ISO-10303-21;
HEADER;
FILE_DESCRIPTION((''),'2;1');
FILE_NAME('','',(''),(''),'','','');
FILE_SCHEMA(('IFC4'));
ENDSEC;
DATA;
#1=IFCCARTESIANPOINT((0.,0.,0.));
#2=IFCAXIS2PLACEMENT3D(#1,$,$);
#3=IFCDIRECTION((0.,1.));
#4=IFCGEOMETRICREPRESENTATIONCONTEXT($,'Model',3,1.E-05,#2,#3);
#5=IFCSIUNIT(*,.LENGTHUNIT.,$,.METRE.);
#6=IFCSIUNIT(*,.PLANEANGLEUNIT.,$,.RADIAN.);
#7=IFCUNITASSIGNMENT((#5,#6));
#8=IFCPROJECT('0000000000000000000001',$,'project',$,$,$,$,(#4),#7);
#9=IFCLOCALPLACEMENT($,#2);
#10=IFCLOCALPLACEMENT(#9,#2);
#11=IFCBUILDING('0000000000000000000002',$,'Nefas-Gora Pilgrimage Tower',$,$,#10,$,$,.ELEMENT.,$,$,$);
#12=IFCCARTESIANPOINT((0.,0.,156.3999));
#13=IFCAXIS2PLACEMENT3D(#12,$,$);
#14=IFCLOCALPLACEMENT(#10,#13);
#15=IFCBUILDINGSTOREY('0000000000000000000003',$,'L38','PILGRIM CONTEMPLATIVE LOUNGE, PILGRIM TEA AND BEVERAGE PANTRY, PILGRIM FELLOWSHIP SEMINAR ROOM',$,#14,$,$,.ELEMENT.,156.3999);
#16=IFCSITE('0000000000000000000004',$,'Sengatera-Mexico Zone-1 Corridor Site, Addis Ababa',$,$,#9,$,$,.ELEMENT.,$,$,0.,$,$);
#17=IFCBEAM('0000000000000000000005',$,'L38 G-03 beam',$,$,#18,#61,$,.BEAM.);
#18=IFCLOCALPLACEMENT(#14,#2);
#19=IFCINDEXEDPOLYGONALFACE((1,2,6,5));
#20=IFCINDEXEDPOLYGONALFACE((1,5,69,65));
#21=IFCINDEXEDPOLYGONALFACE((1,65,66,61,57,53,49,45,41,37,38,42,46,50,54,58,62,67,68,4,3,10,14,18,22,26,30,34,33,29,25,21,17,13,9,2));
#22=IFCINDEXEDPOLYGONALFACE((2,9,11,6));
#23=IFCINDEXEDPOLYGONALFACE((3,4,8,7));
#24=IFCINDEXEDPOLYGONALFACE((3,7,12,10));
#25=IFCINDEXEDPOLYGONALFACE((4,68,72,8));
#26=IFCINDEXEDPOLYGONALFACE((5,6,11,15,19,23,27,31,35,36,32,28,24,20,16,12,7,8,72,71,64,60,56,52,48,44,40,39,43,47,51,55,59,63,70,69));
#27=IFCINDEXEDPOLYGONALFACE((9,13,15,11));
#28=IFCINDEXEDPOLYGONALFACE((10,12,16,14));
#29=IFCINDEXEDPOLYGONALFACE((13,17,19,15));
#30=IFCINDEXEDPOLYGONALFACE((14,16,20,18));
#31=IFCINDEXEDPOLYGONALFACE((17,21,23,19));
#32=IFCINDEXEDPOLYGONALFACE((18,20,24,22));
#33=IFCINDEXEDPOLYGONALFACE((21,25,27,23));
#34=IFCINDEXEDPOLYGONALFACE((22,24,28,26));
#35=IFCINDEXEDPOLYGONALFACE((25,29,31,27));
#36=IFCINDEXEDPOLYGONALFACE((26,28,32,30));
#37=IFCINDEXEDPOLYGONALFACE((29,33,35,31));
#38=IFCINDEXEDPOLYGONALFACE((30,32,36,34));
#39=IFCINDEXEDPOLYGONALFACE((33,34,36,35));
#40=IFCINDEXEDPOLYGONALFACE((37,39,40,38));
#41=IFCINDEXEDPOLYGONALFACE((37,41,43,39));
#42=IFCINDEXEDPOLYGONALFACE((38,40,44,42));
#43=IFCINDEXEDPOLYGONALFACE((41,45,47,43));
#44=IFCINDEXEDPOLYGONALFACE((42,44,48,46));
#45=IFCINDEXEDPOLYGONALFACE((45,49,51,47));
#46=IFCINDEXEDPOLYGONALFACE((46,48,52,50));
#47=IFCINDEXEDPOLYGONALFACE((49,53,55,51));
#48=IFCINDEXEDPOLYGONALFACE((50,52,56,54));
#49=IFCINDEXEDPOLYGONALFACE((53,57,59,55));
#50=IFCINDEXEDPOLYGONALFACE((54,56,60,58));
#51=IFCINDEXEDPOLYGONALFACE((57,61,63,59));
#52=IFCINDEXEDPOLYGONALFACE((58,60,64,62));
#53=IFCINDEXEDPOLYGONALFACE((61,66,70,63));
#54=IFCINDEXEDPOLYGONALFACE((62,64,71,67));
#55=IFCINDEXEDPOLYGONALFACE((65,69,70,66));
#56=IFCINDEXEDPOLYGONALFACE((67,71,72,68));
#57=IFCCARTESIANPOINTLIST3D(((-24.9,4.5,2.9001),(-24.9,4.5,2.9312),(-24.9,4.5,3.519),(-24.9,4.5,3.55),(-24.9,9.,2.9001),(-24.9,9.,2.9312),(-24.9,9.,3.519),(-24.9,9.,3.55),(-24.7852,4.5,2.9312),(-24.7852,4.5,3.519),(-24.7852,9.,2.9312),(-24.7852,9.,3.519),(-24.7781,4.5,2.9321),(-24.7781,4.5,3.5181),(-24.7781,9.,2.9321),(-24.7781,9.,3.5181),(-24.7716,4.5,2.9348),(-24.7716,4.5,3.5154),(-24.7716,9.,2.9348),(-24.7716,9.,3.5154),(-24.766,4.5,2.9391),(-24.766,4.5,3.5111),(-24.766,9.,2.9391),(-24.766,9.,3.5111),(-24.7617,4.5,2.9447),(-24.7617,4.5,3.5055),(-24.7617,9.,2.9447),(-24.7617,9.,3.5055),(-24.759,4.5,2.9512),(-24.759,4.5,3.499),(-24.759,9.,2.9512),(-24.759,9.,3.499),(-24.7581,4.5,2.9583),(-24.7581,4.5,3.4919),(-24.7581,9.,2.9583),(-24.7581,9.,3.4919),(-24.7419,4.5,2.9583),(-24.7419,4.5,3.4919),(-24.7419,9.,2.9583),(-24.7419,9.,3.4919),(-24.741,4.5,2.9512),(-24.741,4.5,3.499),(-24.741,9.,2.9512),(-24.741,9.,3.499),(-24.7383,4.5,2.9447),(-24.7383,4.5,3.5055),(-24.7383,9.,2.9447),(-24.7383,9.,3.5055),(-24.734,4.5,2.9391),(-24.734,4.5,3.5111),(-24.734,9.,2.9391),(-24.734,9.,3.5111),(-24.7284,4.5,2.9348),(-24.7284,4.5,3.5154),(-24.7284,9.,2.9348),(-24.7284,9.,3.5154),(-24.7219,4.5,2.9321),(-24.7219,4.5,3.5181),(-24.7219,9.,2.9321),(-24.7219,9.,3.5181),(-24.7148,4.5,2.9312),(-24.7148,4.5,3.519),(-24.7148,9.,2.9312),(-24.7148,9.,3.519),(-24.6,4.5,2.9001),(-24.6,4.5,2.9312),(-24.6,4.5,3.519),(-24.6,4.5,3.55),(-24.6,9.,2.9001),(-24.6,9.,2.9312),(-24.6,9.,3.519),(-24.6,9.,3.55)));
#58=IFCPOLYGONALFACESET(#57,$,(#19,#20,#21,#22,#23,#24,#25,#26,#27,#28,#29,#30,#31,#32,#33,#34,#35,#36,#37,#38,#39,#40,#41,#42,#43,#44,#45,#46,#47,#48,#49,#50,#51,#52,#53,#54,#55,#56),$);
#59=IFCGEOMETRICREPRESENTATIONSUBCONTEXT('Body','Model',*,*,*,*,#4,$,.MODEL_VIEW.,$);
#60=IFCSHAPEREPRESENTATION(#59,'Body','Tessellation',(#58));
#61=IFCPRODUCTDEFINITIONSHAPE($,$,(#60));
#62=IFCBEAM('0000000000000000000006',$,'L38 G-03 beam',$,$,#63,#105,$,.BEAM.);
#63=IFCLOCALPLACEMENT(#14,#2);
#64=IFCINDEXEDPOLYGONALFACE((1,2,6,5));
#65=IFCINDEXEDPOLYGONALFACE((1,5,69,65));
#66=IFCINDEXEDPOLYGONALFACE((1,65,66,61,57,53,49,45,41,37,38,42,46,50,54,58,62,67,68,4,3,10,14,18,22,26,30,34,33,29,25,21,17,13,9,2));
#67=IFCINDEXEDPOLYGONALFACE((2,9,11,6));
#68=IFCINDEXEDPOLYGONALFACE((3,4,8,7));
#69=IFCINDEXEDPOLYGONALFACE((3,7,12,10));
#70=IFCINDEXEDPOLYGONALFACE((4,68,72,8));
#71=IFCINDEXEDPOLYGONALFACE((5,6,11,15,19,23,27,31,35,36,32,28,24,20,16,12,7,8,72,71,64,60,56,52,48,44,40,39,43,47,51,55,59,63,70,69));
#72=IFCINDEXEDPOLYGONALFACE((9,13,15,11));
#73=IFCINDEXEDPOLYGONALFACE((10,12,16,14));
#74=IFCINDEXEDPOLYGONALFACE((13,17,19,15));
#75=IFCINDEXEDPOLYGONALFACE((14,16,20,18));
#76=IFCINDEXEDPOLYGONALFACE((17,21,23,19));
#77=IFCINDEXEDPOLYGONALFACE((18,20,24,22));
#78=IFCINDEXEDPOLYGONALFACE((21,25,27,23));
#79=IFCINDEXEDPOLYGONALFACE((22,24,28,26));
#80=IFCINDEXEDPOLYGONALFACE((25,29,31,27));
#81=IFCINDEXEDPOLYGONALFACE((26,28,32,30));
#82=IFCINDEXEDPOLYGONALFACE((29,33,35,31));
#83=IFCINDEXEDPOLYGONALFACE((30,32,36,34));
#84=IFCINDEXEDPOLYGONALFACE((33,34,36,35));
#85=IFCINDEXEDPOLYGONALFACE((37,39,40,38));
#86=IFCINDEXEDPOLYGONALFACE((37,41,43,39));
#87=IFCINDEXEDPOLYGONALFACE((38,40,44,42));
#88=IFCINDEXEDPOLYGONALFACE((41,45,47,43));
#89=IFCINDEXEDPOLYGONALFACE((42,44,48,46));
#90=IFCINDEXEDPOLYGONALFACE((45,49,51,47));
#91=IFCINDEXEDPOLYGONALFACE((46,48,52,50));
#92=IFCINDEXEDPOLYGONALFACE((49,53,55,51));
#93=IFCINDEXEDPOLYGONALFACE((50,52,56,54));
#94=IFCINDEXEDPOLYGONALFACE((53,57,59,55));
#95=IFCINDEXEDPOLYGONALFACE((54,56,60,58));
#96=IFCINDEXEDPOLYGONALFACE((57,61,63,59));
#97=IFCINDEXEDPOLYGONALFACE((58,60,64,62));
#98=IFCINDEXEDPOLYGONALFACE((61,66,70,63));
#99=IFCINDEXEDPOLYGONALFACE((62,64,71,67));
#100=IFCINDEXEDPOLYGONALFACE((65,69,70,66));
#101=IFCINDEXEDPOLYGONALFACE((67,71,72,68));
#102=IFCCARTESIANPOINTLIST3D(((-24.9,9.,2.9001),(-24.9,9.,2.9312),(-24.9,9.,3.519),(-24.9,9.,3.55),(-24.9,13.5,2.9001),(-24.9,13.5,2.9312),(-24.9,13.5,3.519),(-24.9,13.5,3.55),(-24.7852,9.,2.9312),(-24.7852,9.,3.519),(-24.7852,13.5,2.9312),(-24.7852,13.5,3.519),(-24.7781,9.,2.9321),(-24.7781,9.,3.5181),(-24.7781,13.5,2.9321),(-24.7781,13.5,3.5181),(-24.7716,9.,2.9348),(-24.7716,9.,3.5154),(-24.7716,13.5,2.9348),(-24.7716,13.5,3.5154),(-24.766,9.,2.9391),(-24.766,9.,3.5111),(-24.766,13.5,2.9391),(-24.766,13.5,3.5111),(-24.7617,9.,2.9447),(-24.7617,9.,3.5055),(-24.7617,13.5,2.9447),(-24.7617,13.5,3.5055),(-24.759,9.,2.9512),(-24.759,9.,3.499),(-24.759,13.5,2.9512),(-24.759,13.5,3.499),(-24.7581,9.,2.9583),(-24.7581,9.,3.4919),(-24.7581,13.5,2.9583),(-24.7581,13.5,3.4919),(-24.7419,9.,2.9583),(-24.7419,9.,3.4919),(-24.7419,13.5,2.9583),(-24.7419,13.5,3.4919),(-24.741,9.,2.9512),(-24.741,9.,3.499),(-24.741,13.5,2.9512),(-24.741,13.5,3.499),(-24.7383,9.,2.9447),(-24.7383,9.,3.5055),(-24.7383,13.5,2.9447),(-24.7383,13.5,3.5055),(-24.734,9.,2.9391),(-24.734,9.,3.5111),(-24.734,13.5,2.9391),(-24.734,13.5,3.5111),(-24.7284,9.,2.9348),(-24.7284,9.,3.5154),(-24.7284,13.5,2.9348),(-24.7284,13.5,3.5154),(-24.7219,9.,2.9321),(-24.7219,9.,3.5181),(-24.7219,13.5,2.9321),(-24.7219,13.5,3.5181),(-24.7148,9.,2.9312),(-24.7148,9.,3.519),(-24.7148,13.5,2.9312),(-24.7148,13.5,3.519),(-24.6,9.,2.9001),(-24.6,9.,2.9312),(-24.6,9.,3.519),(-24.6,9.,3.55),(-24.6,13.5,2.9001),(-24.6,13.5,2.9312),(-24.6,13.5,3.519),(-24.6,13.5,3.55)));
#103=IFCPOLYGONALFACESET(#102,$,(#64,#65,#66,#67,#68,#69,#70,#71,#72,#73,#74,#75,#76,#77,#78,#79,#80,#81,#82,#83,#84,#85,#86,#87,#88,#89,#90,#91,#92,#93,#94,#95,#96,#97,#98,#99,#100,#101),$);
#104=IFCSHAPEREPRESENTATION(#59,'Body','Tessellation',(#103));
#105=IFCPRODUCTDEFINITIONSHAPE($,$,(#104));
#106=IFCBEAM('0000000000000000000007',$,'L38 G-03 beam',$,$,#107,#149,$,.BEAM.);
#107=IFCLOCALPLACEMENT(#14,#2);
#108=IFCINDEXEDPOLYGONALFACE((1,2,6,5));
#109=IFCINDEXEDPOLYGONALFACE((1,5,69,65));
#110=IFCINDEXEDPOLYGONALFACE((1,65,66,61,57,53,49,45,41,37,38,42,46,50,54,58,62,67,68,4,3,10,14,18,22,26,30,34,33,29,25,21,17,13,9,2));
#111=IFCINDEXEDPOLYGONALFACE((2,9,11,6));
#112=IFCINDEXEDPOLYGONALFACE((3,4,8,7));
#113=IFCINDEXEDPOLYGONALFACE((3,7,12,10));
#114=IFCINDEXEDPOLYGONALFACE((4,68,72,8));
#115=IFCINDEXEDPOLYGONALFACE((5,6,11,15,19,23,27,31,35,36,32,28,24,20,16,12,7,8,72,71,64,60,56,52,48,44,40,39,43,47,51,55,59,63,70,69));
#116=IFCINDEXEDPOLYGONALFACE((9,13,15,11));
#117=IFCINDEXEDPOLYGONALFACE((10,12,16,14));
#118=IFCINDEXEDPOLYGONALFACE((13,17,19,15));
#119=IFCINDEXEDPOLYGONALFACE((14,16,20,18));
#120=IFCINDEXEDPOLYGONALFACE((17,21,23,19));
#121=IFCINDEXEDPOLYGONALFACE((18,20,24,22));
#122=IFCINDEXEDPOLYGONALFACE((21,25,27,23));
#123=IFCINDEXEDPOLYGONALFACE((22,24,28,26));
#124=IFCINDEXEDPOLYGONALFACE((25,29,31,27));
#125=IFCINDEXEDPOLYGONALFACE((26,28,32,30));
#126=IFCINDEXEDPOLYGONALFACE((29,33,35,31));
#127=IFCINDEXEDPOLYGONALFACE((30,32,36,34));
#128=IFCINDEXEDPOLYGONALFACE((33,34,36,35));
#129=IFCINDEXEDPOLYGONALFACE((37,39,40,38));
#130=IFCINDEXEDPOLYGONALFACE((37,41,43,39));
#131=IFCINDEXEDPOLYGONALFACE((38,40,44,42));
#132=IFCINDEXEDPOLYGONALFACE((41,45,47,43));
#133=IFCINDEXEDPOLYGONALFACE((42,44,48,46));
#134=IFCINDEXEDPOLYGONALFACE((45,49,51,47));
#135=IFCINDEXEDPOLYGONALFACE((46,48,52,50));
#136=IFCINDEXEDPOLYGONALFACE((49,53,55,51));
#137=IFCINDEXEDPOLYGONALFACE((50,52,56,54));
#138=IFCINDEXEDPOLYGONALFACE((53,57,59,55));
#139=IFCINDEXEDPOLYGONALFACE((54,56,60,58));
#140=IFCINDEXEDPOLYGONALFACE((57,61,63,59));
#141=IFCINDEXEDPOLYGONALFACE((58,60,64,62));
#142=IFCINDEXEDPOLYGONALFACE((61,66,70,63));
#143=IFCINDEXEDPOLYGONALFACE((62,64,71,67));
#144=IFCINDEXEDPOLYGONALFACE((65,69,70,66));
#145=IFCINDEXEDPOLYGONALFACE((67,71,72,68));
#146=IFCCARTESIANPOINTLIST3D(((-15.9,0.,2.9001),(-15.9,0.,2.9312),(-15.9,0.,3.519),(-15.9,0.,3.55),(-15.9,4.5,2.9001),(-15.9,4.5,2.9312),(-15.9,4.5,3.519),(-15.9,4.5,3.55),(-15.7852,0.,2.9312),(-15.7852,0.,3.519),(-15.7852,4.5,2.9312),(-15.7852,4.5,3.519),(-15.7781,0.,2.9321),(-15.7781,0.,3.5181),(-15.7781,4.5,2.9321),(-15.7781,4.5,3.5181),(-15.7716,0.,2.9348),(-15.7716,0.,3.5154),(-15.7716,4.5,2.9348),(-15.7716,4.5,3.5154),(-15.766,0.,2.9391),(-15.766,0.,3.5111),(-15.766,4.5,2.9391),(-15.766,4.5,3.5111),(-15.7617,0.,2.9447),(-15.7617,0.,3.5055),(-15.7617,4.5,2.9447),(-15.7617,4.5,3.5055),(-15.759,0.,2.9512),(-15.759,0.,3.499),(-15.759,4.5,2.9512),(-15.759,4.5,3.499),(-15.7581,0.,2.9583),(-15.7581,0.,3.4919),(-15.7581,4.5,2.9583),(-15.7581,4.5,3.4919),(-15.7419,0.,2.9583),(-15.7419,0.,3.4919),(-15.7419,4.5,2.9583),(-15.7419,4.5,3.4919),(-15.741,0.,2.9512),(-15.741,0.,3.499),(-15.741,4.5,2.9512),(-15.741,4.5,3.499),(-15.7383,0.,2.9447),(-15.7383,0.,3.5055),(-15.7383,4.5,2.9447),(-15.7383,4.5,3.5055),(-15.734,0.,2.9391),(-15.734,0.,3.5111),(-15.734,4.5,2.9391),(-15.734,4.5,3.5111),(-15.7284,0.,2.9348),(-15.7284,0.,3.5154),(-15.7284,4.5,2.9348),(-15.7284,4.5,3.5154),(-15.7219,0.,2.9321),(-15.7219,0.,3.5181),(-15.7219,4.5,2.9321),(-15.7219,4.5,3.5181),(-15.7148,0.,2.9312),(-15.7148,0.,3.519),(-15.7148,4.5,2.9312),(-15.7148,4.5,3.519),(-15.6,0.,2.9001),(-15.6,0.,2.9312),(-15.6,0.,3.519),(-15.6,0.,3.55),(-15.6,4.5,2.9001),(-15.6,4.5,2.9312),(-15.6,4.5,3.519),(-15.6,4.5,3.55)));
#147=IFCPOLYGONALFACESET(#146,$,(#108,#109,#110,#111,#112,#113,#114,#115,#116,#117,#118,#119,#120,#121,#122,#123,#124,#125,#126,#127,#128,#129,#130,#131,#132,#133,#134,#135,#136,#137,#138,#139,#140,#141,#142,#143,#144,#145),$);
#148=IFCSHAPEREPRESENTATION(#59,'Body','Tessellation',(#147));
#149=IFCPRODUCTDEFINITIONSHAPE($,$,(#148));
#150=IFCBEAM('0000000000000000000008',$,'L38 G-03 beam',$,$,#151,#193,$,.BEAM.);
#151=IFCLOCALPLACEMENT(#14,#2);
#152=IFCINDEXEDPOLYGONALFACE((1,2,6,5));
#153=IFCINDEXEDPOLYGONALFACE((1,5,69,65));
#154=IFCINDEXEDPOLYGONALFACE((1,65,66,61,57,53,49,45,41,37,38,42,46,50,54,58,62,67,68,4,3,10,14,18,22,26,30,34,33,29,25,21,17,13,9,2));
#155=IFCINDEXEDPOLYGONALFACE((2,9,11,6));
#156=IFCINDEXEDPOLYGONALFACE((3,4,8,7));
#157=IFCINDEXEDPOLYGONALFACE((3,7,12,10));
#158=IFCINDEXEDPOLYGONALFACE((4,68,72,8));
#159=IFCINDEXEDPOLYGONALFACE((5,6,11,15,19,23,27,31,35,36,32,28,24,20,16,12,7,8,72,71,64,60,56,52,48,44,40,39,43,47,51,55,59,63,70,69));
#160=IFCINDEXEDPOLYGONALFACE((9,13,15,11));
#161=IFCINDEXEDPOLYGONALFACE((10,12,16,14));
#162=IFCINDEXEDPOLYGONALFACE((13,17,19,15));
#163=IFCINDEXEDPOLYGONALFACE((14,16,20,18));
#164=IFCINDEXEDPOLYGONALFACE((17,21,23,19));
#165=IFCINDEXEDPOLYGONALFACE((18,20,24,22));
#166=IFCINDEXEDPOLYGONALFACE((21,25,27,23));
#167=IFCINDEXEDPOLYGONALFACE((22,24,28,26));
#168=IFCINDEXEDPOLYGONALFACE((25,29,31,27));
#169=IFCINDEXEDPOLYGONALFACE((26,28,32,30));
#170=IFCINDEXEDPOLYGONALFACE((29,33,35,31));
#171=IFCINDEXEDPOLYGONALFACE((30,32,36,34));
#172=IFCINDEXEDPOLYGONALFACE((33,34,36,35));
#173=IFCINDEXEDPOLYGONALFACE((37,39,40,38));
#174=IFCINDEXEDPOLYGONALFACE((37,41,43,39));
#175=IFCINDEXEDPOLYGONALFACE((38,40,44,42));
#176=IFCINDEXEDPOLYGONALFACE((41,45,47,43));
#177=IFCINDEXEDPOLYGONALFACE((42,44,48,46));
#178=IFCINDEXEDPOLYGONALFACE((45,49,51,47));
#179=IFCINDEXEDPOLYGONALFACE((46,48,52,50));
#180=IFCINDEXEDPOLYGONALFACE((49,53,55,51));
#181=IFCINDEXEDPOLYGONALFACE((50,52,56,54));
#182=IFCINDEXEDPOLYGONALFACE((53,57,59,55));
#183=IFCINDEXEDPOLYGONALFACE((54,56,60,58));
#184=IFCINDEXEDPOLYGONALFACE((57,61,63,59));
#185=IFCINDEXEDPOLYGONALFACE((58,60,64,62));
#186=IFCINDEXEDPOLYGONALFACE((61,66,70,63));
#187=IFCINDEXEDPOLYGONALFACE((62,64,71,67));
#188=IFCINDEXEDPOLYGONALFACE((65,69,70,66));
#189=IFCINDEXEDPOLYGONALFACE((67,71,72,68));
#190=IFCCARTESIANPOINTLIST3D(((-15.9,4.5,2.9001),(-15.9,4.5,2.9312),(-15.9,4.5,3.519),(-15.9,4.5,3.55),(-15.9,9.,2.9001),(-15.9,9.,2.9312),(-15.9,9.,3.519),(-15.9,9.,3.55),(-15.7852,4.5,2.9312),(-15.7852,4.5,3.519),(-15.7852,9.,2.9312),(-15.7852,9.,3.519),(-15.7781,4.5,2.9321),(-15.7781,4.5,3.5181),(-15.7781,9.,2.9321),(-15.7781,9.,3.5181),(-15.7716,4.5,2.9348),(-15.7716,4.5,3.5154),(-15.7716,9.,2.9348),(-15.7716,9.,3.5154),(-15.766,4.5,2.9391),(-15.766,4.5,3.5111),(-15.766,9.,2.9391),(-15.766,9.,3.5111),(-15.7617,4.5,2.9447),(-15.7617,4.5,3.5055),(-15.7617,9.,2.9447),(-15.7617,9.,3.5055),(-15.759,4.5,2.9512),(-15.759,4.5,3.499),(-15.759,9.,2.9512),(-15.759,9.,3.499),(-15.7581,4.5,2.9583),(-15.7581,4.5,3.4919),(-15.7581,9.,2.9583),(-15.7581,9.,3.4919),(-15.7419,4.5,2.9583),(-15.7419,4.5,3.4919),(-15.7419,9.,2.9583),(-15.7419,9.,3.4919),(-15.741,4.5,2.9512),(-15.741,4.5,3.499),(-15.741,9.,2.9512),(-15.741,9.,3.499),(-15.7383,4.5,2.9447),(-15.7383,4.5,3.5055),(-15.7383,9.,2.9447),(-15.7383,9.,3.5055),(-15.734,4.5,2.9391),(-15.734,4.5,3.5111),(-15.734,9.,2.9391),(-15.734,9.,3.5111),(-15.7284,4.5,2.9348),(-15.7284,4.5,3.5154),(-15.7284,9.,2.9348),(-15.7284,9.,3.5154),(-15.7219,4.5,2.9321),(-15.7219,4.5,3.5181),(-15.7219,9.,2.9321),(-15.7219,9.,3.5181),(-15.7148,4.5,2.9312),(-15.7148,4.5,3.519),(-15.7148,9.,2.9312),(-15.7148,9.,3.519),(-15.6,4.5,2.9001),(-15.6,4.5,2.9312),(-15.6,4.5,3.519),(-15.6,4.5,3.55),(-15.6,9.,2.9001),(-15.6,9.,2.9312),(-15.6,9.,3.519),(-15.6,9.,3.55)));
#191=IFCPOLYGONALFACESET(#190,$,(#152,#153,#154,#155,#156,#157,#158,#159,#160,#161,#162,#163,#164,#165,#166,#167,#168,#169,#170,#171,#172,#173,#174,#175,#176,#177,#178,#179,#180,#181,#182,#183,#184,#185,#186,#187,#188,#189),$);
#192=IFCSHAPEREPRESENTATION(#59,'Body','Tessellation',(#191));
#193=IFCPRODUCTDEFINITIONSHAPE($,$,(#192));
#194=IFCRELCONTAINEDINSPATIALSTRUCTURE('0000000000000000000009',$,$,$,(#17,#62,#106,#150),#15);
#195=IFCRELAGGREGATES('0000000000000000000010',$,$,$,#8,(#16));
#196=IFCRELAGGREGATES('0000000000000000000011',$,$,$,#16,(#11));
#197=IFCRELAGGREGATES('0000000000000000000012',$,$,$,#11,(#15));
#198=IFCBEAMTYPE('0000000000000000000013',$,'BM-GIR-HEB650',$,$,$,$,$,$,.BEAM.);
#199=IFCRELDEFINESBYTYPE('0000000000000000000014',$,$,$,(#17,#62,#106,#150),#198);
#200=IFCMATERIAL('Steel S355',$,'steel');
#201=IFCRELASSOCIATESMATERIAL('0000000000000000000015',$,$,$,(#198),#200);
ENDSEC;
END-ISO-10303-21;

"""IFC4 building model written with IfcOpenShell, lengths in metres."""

from ifc_helpers import new_model, si_unit, direction, frame, origin, origin_2d, place, context, subcontext, project, spatial, i_section, extrude, source, transform, mapped, material, material_profile, profile_set, type_object, element, save


model = new_model("IFC4")

# Units and contexts
model_context = context("Model", 3, precision=1e-05, world=origin(), true_north=direction((0.0, 1.0)))
body_context = subcontext(model_context, "Body", "Model", "MODEL_VIEW")
ifc_project = project(units=[si_unit("LENGTHUNIT", "METRE"), si_unit("PLANEANGLEUNIT", "RADIAN")], contexts=[model_context])

# Site, building, storey
site_placement = place(None, origin())
site = spatial("IfcSite", under=ifc_project, at=site_placement, Name="Sengatera-Mexico Zone-1 Corridor Site, Addis Ababa", CompositionType="ELEMENT", RefElevation=0.0)
building_placement = place(site_placement, origin())
building = spatial("IfcBuilding", under=site, at=building_placement, Name="Nefas-Gora Pilgrimage Tower", CompositionType="ELEMENT")
storey_placement = place(building_placement, frame((0.0, 0.0, 156.3999)))
storey = spatial("IfcBuildingStorey", under=building, at=storey_placement, Name="L38", Description="PILGRIM CONTEMPLATIVE LOUNGE, PILGRIM TEA AND BEVERAGE PANTRY, PILGRIM FELLOWSHIP SEMINAR ROOM", CompositionType="ELEMENT", Elevation=156.3999)

# Beams
ifc_material_1 = material(Name="Steel S355", Category="steel")
ifc_material_profile_1 = material_profile(ifc_material_1, i_section(OverallWidth=0.3, OverallDepth=0.6499, WebThickness=0.0161, FlangeThickness=0.031, FilletRadius=0.0271, at=origin_2d()), Name="HEB 650")
ifc_profile_set_1 = profile_set([ifc_material_profile_1], Name="Steel S355")
beam_type_1 = type_object("IfcBeamType", Name="BM-GIR-HEB650", PredefinedType="BEAM", material=ifc_profile_set_1)
shared_shape_1 = source(origin(), body_context, "Body", "SweptSolid", [
    extrude(i_section(OverallWidth=0.3, OverallDepth=0.6499, WebThickness=0.0161, FlangeThickness=0.031, FilletRadius=0.0271, at=origin_2d()), origin(), (0.0, 0.0, 1.0), 4.5),
])
for number, where, z_axis, x_axis, name in (
    (1, (-24.75, 4.5, 3.2251), (0.0, 1.0, 0.0), (-1.0, 0.0, 0.0), "L38 G-03 beam"),
    (2, (-24.75, 9.0, 3.2251), (0.0, 1.0, 0.0), (-1.0, 0.0, 0.0), "L38 G-03 beam"),
    (3, (-15.75, 0.0, 3.2251), (0.0, 1.0, 0.0), (-1.0, 0.0, 0.0), "L38 G-03 beam"),
    (4, (-15.75, 4.5, 3.2251), (0.0, 1.0, 0.0), (-1.0, 0.0, 0.0), "L38 G-03 beam"),
):
    element("IfcBeam", number, at=place(storey_placement, frame(where, z_axis=z_axis, x_axis=x_axis)), inside=storey, type_object=beam_type_1, Name=name, PredefinedType="BEAM", context=body_context, shape_type="MappedRepresentation", body=[
        mapped(shared_shape_1, transform((0.0, 0.0, 0.0), x_axis=(1.0, 0.0, 0.0), y_axis=(0.0, 1.0, 0.0), z_axis=(0.0, 0.0, 1.0), scale=1.0)),
    ])

save(model, "model.ifc")
